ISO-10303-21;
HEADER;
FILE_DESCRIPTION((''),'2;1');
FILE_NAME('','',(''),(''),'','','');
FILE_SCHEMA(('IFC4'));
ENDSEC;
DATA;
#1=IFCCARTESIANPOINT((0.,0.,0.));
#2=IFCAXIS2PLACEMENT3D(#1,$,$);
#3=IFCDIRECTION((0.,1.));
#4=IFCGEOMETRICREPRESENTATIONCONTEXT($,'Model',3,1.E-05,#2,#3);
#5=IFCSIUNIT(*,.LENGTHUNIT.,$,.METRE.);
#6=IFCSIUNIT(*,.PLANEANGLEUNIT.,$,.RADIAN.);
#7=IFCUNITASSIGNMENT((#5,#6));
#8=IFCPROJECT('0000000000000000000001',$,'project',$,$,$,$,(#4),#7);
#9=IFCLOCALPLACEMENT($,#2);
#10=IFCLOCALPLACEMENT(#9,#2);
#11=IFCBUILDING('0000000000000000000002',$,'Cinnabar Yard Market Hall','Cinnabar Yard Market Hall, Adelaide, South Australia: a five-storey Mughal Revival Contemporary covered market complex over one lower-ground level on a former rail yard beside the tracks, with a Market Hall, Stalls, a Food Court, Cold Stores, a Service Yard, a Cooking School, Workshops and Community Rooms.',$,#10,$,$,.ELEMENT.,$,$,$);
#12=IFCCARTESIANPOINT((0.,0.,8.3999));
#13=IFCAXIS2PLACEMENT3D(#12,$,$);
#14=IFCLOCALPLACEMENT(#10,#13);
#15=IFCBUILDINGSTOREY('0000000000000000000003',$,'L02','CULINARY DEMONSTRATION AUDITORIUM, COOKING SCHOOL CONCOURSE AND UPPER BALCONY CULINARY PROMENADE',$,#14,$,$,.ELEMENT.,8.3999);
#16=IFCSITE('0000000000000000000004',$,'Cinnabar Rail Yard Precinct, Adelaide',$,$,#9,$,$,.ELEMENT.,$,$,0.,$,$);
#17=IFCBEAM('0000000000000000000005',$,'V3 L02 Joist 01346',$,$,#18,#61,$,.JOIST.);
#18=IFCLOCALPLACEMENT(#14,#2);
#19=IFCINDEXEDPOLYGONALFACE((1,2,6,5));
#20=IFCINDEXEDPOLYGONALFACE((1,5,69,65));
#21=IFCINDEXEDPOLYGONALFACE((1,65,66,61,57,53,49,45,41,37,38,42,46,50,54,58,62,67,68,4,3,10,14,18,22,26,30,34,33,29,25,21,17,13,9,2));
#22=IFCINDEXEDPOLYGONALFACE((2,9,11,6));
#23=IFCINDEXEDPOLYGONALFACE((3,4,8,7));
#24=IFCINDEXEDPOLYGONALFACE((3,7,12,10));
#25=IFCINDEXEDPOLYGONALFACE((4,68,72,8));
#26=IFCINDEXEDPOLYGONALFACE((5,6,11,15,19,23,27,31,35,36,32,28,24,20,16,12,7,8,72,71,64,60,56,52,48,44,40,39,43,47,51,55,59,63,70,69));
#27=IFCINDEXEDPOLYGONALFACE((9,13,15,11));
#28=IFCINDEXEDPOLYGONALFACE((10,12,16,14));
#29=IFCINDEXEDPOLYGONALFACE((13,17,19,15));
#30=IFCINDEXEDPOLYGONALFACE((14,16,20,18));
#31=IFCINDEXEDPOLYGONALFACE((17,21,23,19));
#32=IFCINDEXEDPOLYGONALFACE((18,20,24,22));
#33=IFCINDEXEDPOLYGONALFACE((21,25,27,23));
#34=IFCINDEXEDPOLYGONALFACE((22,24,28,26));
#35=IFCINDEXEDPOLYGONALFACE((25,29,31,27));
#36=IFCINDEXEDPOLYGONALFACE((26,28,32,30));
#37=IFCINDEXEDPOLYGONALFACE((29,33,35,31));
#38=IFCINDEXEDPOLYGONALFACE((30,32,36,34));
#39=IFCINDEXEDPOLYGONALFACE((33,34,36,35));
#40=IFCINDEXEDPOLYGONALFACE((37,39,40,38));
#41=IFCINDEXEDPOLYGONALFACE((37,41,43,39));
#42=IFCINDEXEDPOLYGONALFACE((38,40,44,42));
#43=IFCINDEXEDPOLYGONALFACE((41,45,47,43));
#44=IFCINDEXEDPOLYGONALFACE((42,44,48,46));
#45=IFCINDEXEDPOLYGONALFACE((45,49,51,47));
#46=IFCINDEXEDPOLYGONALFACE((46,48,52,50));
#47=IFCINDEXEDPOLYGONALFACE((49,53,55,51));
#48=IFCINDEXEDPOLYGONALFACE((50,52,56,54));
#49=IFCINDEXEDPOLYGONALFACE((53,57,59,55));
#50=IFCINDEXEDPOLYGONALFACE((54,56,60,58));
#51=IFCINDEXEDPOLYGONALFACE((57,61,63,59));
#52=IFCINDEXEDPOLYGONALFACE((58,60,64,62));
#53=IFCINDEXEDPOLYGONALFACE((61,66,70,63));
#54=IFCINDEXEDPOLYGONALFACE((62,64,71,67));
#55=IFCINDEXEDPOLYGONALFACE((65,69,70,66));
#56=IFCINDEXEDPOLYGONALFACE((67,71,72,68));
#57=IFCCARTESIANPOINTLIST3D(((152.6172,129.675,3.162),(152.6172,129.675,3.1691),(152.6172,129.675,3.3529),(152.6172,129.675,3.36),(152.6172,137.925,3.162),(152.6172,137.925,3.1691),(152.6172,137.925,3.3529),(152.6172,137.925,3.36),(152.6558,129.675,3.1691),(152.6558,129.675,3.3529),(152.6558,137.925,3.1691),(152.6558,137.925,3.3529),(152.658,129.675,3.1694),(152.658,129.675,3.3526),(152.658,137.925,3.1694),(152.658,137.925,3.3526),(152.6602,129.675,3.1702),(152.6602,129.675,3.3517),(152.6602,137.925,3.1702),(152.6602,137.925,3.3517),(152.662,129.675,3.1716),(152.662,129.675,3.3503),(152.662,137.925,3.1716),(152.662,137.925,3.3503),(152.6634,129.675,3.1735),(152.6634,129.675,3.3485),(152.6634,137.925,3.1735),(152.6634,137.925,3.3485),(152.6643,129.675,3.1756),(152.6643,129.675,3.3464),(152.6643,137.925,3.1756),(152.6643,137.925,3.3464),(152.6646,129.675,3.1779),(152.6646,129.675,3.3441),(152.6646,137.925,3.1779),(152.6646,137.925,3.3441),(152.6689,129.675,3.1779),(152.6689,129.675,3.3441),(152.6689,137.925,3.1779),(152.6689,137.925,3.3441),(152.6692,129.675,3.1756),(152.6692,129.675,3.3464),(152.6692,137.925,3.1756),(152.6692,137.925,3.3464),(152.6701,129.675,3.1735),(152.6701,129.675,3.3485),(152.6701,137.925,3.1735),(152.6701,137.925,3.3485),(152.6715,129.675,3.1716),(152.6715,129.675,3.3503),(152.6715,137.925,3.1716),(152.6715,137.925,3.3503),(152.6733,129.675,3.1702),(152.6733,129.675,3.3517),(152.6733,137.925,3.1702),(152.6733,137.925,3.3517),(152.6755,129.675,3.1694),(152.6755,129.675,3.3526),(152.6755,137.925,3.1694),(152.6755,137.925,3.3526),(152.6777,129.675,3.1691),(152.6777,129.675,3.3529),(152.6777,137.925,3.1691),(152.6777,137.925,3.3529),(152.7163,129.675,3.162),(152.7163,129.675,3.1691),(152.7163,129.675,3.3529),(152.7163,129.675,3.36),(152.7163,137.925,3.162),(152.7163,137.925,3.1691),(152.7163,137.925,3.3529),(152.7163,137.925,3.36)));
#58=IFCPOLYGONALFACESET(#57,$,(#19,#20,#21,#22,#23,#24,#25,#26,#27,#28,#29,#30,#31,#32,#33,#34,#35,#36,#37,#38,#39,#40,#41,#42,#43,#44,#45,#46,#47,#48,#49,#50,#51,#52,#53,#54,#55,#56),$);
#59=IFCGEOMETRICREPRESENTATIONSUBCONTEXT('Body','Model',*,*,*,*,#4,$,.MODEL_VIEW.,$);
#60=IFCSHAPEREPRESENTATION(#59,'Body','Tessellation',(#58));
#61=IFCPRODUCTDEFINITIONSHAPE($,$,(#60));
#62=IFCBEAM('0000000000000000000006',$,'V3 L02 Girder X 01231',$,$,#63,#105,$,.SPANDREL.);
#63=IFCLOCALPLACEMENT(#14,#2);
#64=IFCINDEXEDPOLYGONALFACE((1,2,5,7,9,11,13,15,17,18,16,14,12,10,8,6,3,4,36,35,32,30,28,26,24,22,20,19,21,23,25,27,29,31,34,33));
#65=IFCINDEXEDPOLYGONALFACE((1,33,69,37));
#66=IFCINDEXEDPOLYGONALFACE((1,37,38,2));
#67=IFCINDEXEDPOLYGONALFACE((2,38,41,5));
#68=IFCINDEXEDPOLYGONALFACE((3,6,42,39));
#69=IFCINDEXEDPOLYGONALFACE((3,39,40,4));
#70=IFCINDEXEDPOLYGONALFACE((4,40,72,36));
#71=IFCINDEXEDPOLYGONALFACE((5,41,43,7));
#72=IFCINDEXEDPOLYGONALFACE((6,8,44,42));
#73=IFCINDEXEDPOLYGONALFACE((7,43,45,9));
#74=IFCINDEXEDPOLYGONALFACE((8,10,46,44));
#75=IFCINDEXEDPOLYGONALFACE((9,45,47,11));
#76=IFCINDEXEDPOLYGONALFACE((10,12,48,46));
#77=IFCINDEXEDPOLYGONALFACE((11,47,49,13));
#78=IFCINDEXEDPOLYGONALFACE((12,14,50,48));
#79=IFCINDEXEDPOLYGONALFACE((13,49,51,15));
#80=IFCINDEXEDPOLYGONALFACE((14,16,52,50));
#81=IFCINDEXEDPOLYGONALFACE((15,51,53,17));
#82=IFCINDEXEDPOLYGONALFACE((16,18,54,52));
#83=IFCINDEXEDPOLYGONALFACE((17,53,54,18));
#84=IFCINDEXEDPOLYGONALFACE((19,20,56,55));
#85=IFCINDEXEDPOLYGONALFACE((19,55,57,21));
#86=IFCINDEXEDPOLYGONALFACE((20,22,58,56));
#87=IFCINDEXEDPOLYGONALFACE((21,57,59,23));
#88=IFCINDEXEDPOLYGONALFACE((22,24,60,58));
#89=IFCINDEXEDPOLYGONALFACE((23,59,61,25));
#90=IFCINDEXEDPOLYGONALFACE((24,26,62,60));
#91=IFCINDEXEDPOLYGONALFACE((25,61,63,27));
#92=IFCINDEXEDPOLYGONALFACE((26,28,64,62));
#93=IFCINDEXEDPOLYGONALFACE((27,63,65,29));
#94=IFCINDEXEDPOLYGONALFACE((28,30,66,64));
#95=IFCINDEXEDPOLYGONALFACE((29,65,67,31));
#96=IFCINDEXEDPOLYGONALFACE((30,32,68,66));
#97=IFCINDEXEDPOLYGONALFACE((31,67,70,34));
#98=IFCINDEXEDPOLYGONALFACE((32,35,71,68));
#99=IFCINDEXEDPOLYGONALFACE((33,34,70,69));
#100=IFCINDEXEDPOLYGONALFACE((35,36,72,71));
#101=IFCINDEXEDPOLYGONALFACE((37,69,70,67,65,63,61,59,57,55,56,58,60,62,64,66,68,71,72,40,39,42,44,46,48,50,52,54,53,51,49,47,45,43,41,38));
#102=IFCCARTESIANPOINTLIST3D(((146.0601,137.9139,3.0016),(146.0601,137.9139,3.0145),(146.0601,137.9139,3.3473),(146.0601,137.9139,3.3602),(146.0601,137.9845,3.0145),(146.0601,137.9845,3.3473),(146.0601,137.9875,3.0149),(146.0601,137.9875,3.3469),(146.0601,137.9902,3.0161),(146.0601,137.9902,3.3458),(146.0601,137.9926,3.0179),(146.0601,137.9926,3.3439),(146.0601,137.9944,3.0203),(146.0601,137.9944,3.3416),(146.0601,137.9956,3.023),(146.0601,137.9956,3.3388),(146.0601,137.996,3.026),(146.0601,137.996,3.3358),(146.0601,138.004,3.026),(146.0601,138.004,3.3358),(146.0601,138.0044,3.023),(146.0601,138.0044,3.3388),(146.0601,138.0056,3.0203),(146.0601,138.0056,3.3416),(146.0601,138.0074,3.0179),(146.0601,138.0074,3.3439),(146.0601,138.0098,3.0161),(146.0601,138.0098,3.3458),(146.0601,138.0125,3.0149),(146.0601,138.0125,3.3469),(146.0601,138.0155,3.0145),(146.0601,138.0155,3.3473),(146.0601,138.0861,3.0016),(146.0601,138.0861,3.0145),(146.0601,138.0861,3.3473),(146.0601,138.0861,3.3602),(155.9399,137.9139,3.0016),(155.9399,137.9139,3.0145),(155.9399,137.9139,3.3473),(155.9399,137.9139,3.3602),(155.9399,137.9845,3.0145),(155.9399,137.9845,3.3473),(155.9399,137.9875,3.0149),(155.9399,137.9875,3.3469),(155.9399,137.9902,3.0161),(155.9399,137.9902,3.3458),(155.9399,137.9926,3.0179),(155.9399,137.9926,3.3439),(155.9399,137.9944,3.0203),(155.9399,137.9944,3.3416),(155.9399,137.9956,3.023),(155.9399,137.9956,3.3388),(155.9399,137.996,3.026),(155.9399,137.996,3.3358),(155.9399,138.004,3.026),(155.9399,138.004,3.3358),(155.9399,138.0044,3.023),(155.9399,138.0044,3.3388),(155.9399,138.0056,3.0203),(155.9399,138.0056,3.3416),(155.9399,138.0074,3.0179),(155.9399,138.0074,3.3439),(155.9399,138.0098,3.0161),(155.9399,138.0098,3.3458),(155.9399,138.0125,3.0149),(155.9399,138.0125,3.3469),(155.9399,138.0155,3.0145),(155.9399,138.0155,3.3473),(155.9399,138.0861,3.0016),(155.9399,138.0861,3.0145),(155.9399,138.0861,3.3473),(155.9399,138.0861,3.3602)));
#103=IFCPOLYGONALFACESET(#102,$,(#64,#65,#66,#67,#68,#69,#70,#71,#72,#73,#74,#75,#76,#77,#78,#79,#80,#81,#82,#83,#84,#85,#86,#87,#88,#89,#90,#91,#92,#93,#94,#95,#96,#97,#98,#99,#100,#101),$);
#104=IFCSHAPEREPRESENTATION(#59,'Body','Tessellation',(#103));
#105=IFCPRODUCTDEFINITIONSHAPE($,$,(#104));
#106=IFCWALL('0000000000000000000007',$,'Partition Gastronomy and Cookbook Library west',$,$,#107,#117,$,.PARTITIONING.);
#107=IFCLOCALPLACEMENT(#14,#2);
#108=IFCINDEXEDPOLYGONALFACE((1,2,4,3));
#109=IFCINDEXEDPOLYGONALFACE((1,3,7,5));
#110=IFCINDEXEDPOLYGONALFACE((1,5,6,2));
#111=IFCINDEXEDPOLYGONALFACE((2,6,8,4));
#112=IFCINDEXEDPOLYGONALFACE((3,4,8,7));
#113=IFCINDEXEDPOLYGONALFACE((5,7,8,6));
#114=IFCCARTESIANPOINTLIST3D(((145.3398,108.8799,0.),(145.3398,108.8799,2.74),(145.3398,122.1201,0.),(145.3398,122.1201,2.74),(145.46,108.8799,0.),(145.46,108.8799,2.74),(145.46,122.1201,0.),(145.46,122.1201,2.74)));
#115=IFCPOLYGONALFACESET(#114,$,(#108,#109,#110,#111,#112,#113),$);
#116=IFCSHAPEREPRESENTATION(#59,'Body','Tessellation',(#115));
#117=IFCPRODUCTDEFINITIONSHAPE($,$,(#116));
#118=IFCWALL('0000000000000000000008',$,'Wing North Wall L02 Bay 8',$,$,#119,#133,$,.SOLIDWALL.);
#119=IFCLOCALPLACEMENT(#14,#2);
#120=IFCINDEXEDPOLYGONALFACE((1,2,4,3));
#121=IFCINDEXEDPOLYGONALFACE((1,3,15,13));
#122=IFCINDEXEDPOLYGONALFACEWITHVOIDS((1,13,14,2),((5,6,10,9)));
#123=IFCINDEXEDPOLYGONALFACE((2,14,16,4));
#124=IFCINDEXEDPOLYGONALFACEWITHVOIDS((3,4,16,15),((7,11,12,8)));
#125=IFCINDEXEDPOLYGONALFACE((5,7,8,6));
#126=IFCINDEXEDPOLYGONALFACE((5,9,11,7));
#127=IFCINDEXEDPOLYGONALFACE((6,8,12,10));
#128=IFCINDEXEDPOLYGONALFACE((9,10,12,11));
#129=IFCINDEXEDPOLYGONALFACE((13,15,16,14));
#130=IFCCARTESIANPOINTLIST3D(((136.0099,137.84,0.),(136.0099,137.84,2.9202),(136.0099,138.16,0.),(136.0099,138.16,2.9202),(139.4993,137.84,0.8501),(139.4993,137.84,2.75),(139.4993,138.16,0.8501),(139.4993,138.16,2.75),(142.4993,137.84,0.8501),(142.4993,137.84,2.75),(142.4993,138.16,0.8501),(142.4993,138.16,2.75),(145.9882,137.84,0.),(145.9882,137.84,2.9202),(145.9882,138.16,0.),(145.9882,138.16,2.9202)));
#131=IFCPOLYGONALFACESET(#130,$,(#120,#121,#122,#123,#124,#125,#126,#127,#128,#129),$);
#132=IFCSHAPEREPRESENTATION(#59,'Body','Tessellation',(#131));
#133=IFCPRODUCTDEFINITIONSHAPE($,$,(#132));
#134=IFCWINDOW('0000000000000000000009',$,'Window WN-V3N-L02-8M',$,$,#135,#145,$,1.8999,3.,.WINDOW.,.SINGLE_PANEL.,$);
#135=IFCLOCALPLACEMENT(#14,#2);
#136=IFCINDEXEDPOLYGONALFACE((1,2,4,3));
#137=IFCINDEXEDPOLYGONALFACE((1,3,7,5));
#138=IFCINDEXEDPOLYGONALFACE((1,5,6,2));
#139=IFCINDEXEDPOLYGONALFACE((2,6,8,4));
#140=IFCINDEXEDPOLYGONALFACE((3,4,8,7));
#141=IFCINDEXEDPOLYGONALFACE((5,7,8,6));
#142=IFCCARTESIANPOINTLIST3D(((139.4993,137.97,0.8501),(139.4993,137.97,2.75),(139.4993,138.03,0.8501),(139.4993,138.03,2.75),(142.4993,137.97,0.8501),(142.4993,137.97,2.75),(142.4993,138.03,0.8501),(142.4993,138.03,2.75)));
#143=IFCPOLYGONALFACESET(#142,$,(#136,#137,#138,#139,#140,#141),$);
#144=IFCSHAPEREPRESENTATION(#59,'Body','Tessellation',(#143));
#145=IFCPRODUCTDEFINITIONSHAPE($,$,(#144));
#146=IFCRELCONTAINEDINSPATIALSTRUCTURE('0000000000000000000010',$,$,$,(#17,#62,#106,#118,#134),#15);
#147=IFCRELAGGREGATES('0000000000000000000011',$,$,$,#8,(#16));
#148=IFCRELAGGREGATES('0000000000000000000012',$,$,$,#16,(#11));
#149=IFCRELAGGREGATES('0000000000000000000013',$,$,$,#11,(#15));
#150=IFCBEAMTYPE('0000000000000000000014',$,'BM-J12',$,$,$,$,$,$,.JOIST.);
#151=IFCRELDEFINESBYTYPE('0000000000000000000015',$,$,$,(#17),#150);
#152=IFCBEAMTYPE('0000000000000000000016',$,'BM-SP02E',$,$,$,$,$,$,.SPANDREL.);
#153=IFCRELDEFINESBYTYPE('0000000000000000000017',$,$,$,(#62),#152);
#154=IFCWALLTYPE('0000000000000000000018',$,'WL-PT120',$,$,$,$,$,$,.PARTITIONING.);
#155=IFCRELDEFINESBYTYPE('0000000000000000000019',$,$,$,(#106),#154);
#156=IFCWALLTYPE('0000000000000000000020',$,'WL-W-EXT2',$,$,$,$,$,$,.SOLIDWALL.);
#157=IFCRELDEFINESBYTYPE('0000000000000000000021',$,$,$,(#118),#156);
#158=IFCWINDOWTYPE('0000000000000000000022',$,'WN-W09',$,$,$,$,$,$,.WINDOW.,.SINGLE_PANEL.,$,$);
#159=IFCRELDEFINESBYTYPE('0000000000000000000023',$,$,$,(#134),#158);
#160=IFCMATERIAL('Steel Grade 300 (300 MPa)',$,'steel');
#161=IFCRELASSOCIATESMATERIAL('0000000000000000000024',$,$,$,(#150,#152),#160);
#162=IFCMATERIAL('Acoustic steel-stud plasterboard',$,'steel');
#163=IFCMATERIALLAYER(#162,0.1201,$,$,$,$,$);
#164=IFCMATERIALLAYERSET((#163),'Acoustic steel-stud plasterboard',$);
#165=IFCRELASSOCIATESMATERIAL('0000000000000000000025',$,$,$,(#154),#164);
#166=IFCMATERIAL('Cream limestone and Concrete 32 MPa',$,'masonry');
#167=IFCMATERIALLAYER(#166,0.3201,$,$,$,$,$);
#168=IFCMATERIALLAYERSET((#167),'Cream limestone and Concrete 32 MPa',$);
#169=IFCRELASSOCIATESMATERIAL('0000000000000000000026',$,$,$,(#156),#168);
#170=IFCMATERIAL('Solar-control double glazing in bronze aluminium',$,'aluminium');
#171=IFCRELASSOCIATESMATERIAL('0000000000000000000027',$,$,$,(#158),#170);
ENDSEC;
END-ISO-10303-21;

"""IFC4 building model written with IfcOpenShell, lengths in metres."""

from ifc_helpers import new_model, si_unit, direction, frame, frame_2d, origin, origin_2d_with_axis, place, context, subcontext, project, spatial, rectangle, i_section, extrude, material, layer, layer_set, material_profile, profile_set, type_object, element, fill, save


model = new_model("IFC4")

# Units and contexts
model_context = context("Model", 3, precision=1e-05, world=origin(), true_north=direction((0.0, 1.0)))
body_context = subcontext(model_context, "Body", "Model", "MODEL_VIEW")
ifc_project = project(units=[si_unit("LENGTHUNIT", "METRE"), si_unit("PLANEANGLEUNIT", "RADIAN")], contexts=[model_context])

# Site, building, storey
site_placement = place(None, origin())
site = spatial("IfcSite", under=ifc_project, at=site_placement, Name="Cinnabar Rail Yard Precinct, Adelaide", CompositionType="ELEMENT", RefElevation=0.0)
building_placement = place(site_placement, origin())
building = spatial("IfcBuilding", under=site, at=building_placement, Name="Cinnabar Yard Market Hall", Description="Cinnabar Yard Market Hall, Adelaide, South Australia: a five-storey Mughal Revival Contemporary covered market complex over one lower-ground level on a former rail yard beside the tracks, with a Market Hall, Stalls, a Food Court, Cold Stores, a Service Yard, a Cooking School, Workshops and Community Rooms.", CompositionType="ELEMENT")
storey_placement = place(building_placement, frame((0.0, 0.0, 8.3999)))
storey = spatial("IfcBuildingStorey", under=building, at=storey_placement, Name="L02", Description="CULINARY DEMONSTRATION AUDITORIUM, COOKING SCHOOL CONCOURSE AND UPPER BALCONY CULINARY PROMENADE", CompositionType="ELEMENT", Elevation=8.3999)

# Shared definitions
ifc_material_1 = material(Name="Steel Grade 300 (300 MPa)", Category="steel")

# Beams
ifc_material_profile_1 = material_profile(ifc_material_1, i_section(OverallWidth=0.0991, OverallDepth=0.198, WebThickness=0.0044, FlangeThickness=0.0071, FilletRadius=0.0088, at=origin_2d_with_axis()), Name="200UB18.2")
ifc_profile_set_1 = profile_set([ifc_material_profile_1], Name="Steel Grade 300 (300 MPa)")
beam_type_1 = type_object("IfcBeamType", Name="BM-J12", PredefinedType="JOIST", material=ifc_profile_set_1)
for number, where, z_axis, x_axis, name in (
    (1, (152.6667, 129.675, 3.261), (0.0, 1.0, 0.0), (-1.0, 0.0, 0.0), "V3 L02 Joist 01346"),
):
    element("IfcBeam", number, at=place(storey_placement, frame(where, z_axis=z_axis, x_axis=x_axis)), inside=storey, type_object=beam_type_1, Name=name, PredefinedType="JOIST", context=body_context, shape_type="SweptSolid", body=[
        extrude(i_section(OverallWidth=0.0991, OverallDepth=0.198, WebThickness=0.0044, FlangeThickness=0.0071, FilletRadius=0.0088, at=origin_2d_with_axis()), origin(), (0.0, 0.0, 1.0), 8.25),
    ])
ifc_material_profile_2 = material_profile(ifc_material_1, i_section(OverallWidth=0.1721, OverallDepth=0.3586, WebThickness=0.0081, FlangeThickness=0.0129, FilletRadius=0.0115, at=origin_2d_with_axis()), Name="360UB56.7")
ifc_profile_set_2 = profile_set([ifc_material_profile_2], Name="Steel Grade 300 (300 MPa)")
beam_type_2 = type_object("IfcBeamType", Name="BM-SP02E", PredefinedType="SPANDREL", material=ifc_profile_set_2)
beam_1_placement = place(storey_placement, frame((146.0601, 138.0, 3.1809), z_axis=(1.0, 0.0, 0.0), x_axis=(0.0, 1.0, 0.0)))
element("IfcBeam", 2, at=beam_1_placement, inside=storey, type_object=beam_type_2, Name="V3 L02 Girder X 01231", PredefinedType="SPANDREL", context=body_context, shape_type="SweptSolid", body=[
    extrude(i_section(OverallWidth=0.1721, OverallDepth=0.3586, WebThickness=0.0081, FlangeThickness=0.0129, FilletRadius=0.0115, at=origin_2d_with_axis()), origin(), (0.0, 0.0, 1.0), 9.8799),
])

# Wall
ifc_material_2 = material(Name="Acoustic steel-stud plasterboard", Category="steel")
ifc_layer_1 = layer(ifc_material_2, 0.1201)
ifc_layer_set_1 = layer_set([ifc_layer_1], Name="Acoustic steel-stud plasterboard")
wall_type_1 = type_object("IfcWallType", Name="WL-PT120", PredefinedType="PARTITIONING", material=ifc_layer_set_1)
wall_1_placement = place(storey_placement, frame((145.3999, 122.1201, 0.0), z_axis=(0.0, 0.0, 1.0), x_axis=(0.0, -1.0, 0.0)))
element("IfcWall", 3, at=wall_1_placement, inside=storey, type_object=wall_type_1, Name="Partition Gastronomy and Cookbook Library west", PredefinedType="PARTITIONING", context=body_context, shape_type="SweptSolid", body=[
    extrude(rectangle(XDim=13.2402, YDim=0.1201, at=frame_2d((6.6201, 0.0), x_axis=(1.0, 0.0))), origin(), (0.0, 0.0, 1.0), 2.74),
])

# Wall, opening, window
ifc_material_3 = material(Name="Cream limestone and Concrete 32 MPa", Category="masonry")
ifc_layer_2 = layer(ifc_material_3, 0.3201)
ifc_layer_set_2 = layer_set([ifc_layer_2], Name="Cream limestone and Concrete 32 MPa")
wall_type_2 = type_object("IfcWallType", Name="WL-W-EXT2", PredefinedType="SOLIDWALL", material=ifc_layer_set_2)
wall_2_placement = place(storey_placement, frame((145.9883, 138.0, 0.0), z_axis=(0.0, 0.0, 1.0), x_axis=(-1.0, 0.0, 0.0)))
wall_2 = element("IfcWall", 4, at=wall_2_placement, inside=storey, type_object=wall_type_2, Name="Wing North Wall L02 Bay 8", PredefinedType="SOLIDWALL", context=body_context, shape_type="SweptSolid", body=[
    extrude(rectangle(XDim=9.9783, YDim=0.3201, at=frame_2d((4.9893, 0.0), x_axis=(1.0, 0.0))), origin(), (0.0, 0.0, 1.0), 2.9202),
])
opening_1_placement = place(wall_2_placement, frame((3.489, 0.0, 0.8501)))
opening_1 = element("IfcOpeningElement", 5, at=opening_1_placement, cuts=wall_2, PredefinedType="OPENING", context=body_context, shape_type="SweptSolid", body=[
    extrude(rectangle(XDim=3.0, YDim=1.8999, at=frame_2d((1.5, 0.95), x_axis=(1.0, 0.0))), frame((0.0, 0.1699, 0.0), z_axis=(0.0, -1.0, 0.0), x_axis=(1.0, 0.0, 0.0)), (0.0, 0.0, 1.0), 0.3401),
])
ifc_material_4 = material(Name="Solar-control double glazing in bronze aluminium", Category="aluminium")
window_type_1 = type_object("IfcWindowType", Name="WN-W09", PartitioningType="SINGLE_PANEL", PredefinedType="WINDOW", material=ifc_material_4)
window_1_placement = place(opening_1_placement, origin())
window_1 = element("IfcWindow", 6, at=window_1_placement, inside=storey, type_object=window_type_1, Name="Window WN-V3N-L02-8M", OverallHeight=1.8999, OverallWidth=3.0, PartitioningType="SINGLE_PANEL", PredefinedType="WINDOW", context=body_context, shape_type="SweptSolid", body=[
    extrude(rectangle(XDim=3.0, YDim=1.8999, at=frame_2d((1.5, 0.95), x_axis=(1.0, 0.0))), frame((0.0, 0.03, 0.0), z_axis=(0.0, -1.0, 0.0), x_axis=(1.0, 0.0, 0.0)), (0.0, 0.0, 1.0), 0.0601),
])
fill(opening_1, window_1)

save(model, "model.ifc")
